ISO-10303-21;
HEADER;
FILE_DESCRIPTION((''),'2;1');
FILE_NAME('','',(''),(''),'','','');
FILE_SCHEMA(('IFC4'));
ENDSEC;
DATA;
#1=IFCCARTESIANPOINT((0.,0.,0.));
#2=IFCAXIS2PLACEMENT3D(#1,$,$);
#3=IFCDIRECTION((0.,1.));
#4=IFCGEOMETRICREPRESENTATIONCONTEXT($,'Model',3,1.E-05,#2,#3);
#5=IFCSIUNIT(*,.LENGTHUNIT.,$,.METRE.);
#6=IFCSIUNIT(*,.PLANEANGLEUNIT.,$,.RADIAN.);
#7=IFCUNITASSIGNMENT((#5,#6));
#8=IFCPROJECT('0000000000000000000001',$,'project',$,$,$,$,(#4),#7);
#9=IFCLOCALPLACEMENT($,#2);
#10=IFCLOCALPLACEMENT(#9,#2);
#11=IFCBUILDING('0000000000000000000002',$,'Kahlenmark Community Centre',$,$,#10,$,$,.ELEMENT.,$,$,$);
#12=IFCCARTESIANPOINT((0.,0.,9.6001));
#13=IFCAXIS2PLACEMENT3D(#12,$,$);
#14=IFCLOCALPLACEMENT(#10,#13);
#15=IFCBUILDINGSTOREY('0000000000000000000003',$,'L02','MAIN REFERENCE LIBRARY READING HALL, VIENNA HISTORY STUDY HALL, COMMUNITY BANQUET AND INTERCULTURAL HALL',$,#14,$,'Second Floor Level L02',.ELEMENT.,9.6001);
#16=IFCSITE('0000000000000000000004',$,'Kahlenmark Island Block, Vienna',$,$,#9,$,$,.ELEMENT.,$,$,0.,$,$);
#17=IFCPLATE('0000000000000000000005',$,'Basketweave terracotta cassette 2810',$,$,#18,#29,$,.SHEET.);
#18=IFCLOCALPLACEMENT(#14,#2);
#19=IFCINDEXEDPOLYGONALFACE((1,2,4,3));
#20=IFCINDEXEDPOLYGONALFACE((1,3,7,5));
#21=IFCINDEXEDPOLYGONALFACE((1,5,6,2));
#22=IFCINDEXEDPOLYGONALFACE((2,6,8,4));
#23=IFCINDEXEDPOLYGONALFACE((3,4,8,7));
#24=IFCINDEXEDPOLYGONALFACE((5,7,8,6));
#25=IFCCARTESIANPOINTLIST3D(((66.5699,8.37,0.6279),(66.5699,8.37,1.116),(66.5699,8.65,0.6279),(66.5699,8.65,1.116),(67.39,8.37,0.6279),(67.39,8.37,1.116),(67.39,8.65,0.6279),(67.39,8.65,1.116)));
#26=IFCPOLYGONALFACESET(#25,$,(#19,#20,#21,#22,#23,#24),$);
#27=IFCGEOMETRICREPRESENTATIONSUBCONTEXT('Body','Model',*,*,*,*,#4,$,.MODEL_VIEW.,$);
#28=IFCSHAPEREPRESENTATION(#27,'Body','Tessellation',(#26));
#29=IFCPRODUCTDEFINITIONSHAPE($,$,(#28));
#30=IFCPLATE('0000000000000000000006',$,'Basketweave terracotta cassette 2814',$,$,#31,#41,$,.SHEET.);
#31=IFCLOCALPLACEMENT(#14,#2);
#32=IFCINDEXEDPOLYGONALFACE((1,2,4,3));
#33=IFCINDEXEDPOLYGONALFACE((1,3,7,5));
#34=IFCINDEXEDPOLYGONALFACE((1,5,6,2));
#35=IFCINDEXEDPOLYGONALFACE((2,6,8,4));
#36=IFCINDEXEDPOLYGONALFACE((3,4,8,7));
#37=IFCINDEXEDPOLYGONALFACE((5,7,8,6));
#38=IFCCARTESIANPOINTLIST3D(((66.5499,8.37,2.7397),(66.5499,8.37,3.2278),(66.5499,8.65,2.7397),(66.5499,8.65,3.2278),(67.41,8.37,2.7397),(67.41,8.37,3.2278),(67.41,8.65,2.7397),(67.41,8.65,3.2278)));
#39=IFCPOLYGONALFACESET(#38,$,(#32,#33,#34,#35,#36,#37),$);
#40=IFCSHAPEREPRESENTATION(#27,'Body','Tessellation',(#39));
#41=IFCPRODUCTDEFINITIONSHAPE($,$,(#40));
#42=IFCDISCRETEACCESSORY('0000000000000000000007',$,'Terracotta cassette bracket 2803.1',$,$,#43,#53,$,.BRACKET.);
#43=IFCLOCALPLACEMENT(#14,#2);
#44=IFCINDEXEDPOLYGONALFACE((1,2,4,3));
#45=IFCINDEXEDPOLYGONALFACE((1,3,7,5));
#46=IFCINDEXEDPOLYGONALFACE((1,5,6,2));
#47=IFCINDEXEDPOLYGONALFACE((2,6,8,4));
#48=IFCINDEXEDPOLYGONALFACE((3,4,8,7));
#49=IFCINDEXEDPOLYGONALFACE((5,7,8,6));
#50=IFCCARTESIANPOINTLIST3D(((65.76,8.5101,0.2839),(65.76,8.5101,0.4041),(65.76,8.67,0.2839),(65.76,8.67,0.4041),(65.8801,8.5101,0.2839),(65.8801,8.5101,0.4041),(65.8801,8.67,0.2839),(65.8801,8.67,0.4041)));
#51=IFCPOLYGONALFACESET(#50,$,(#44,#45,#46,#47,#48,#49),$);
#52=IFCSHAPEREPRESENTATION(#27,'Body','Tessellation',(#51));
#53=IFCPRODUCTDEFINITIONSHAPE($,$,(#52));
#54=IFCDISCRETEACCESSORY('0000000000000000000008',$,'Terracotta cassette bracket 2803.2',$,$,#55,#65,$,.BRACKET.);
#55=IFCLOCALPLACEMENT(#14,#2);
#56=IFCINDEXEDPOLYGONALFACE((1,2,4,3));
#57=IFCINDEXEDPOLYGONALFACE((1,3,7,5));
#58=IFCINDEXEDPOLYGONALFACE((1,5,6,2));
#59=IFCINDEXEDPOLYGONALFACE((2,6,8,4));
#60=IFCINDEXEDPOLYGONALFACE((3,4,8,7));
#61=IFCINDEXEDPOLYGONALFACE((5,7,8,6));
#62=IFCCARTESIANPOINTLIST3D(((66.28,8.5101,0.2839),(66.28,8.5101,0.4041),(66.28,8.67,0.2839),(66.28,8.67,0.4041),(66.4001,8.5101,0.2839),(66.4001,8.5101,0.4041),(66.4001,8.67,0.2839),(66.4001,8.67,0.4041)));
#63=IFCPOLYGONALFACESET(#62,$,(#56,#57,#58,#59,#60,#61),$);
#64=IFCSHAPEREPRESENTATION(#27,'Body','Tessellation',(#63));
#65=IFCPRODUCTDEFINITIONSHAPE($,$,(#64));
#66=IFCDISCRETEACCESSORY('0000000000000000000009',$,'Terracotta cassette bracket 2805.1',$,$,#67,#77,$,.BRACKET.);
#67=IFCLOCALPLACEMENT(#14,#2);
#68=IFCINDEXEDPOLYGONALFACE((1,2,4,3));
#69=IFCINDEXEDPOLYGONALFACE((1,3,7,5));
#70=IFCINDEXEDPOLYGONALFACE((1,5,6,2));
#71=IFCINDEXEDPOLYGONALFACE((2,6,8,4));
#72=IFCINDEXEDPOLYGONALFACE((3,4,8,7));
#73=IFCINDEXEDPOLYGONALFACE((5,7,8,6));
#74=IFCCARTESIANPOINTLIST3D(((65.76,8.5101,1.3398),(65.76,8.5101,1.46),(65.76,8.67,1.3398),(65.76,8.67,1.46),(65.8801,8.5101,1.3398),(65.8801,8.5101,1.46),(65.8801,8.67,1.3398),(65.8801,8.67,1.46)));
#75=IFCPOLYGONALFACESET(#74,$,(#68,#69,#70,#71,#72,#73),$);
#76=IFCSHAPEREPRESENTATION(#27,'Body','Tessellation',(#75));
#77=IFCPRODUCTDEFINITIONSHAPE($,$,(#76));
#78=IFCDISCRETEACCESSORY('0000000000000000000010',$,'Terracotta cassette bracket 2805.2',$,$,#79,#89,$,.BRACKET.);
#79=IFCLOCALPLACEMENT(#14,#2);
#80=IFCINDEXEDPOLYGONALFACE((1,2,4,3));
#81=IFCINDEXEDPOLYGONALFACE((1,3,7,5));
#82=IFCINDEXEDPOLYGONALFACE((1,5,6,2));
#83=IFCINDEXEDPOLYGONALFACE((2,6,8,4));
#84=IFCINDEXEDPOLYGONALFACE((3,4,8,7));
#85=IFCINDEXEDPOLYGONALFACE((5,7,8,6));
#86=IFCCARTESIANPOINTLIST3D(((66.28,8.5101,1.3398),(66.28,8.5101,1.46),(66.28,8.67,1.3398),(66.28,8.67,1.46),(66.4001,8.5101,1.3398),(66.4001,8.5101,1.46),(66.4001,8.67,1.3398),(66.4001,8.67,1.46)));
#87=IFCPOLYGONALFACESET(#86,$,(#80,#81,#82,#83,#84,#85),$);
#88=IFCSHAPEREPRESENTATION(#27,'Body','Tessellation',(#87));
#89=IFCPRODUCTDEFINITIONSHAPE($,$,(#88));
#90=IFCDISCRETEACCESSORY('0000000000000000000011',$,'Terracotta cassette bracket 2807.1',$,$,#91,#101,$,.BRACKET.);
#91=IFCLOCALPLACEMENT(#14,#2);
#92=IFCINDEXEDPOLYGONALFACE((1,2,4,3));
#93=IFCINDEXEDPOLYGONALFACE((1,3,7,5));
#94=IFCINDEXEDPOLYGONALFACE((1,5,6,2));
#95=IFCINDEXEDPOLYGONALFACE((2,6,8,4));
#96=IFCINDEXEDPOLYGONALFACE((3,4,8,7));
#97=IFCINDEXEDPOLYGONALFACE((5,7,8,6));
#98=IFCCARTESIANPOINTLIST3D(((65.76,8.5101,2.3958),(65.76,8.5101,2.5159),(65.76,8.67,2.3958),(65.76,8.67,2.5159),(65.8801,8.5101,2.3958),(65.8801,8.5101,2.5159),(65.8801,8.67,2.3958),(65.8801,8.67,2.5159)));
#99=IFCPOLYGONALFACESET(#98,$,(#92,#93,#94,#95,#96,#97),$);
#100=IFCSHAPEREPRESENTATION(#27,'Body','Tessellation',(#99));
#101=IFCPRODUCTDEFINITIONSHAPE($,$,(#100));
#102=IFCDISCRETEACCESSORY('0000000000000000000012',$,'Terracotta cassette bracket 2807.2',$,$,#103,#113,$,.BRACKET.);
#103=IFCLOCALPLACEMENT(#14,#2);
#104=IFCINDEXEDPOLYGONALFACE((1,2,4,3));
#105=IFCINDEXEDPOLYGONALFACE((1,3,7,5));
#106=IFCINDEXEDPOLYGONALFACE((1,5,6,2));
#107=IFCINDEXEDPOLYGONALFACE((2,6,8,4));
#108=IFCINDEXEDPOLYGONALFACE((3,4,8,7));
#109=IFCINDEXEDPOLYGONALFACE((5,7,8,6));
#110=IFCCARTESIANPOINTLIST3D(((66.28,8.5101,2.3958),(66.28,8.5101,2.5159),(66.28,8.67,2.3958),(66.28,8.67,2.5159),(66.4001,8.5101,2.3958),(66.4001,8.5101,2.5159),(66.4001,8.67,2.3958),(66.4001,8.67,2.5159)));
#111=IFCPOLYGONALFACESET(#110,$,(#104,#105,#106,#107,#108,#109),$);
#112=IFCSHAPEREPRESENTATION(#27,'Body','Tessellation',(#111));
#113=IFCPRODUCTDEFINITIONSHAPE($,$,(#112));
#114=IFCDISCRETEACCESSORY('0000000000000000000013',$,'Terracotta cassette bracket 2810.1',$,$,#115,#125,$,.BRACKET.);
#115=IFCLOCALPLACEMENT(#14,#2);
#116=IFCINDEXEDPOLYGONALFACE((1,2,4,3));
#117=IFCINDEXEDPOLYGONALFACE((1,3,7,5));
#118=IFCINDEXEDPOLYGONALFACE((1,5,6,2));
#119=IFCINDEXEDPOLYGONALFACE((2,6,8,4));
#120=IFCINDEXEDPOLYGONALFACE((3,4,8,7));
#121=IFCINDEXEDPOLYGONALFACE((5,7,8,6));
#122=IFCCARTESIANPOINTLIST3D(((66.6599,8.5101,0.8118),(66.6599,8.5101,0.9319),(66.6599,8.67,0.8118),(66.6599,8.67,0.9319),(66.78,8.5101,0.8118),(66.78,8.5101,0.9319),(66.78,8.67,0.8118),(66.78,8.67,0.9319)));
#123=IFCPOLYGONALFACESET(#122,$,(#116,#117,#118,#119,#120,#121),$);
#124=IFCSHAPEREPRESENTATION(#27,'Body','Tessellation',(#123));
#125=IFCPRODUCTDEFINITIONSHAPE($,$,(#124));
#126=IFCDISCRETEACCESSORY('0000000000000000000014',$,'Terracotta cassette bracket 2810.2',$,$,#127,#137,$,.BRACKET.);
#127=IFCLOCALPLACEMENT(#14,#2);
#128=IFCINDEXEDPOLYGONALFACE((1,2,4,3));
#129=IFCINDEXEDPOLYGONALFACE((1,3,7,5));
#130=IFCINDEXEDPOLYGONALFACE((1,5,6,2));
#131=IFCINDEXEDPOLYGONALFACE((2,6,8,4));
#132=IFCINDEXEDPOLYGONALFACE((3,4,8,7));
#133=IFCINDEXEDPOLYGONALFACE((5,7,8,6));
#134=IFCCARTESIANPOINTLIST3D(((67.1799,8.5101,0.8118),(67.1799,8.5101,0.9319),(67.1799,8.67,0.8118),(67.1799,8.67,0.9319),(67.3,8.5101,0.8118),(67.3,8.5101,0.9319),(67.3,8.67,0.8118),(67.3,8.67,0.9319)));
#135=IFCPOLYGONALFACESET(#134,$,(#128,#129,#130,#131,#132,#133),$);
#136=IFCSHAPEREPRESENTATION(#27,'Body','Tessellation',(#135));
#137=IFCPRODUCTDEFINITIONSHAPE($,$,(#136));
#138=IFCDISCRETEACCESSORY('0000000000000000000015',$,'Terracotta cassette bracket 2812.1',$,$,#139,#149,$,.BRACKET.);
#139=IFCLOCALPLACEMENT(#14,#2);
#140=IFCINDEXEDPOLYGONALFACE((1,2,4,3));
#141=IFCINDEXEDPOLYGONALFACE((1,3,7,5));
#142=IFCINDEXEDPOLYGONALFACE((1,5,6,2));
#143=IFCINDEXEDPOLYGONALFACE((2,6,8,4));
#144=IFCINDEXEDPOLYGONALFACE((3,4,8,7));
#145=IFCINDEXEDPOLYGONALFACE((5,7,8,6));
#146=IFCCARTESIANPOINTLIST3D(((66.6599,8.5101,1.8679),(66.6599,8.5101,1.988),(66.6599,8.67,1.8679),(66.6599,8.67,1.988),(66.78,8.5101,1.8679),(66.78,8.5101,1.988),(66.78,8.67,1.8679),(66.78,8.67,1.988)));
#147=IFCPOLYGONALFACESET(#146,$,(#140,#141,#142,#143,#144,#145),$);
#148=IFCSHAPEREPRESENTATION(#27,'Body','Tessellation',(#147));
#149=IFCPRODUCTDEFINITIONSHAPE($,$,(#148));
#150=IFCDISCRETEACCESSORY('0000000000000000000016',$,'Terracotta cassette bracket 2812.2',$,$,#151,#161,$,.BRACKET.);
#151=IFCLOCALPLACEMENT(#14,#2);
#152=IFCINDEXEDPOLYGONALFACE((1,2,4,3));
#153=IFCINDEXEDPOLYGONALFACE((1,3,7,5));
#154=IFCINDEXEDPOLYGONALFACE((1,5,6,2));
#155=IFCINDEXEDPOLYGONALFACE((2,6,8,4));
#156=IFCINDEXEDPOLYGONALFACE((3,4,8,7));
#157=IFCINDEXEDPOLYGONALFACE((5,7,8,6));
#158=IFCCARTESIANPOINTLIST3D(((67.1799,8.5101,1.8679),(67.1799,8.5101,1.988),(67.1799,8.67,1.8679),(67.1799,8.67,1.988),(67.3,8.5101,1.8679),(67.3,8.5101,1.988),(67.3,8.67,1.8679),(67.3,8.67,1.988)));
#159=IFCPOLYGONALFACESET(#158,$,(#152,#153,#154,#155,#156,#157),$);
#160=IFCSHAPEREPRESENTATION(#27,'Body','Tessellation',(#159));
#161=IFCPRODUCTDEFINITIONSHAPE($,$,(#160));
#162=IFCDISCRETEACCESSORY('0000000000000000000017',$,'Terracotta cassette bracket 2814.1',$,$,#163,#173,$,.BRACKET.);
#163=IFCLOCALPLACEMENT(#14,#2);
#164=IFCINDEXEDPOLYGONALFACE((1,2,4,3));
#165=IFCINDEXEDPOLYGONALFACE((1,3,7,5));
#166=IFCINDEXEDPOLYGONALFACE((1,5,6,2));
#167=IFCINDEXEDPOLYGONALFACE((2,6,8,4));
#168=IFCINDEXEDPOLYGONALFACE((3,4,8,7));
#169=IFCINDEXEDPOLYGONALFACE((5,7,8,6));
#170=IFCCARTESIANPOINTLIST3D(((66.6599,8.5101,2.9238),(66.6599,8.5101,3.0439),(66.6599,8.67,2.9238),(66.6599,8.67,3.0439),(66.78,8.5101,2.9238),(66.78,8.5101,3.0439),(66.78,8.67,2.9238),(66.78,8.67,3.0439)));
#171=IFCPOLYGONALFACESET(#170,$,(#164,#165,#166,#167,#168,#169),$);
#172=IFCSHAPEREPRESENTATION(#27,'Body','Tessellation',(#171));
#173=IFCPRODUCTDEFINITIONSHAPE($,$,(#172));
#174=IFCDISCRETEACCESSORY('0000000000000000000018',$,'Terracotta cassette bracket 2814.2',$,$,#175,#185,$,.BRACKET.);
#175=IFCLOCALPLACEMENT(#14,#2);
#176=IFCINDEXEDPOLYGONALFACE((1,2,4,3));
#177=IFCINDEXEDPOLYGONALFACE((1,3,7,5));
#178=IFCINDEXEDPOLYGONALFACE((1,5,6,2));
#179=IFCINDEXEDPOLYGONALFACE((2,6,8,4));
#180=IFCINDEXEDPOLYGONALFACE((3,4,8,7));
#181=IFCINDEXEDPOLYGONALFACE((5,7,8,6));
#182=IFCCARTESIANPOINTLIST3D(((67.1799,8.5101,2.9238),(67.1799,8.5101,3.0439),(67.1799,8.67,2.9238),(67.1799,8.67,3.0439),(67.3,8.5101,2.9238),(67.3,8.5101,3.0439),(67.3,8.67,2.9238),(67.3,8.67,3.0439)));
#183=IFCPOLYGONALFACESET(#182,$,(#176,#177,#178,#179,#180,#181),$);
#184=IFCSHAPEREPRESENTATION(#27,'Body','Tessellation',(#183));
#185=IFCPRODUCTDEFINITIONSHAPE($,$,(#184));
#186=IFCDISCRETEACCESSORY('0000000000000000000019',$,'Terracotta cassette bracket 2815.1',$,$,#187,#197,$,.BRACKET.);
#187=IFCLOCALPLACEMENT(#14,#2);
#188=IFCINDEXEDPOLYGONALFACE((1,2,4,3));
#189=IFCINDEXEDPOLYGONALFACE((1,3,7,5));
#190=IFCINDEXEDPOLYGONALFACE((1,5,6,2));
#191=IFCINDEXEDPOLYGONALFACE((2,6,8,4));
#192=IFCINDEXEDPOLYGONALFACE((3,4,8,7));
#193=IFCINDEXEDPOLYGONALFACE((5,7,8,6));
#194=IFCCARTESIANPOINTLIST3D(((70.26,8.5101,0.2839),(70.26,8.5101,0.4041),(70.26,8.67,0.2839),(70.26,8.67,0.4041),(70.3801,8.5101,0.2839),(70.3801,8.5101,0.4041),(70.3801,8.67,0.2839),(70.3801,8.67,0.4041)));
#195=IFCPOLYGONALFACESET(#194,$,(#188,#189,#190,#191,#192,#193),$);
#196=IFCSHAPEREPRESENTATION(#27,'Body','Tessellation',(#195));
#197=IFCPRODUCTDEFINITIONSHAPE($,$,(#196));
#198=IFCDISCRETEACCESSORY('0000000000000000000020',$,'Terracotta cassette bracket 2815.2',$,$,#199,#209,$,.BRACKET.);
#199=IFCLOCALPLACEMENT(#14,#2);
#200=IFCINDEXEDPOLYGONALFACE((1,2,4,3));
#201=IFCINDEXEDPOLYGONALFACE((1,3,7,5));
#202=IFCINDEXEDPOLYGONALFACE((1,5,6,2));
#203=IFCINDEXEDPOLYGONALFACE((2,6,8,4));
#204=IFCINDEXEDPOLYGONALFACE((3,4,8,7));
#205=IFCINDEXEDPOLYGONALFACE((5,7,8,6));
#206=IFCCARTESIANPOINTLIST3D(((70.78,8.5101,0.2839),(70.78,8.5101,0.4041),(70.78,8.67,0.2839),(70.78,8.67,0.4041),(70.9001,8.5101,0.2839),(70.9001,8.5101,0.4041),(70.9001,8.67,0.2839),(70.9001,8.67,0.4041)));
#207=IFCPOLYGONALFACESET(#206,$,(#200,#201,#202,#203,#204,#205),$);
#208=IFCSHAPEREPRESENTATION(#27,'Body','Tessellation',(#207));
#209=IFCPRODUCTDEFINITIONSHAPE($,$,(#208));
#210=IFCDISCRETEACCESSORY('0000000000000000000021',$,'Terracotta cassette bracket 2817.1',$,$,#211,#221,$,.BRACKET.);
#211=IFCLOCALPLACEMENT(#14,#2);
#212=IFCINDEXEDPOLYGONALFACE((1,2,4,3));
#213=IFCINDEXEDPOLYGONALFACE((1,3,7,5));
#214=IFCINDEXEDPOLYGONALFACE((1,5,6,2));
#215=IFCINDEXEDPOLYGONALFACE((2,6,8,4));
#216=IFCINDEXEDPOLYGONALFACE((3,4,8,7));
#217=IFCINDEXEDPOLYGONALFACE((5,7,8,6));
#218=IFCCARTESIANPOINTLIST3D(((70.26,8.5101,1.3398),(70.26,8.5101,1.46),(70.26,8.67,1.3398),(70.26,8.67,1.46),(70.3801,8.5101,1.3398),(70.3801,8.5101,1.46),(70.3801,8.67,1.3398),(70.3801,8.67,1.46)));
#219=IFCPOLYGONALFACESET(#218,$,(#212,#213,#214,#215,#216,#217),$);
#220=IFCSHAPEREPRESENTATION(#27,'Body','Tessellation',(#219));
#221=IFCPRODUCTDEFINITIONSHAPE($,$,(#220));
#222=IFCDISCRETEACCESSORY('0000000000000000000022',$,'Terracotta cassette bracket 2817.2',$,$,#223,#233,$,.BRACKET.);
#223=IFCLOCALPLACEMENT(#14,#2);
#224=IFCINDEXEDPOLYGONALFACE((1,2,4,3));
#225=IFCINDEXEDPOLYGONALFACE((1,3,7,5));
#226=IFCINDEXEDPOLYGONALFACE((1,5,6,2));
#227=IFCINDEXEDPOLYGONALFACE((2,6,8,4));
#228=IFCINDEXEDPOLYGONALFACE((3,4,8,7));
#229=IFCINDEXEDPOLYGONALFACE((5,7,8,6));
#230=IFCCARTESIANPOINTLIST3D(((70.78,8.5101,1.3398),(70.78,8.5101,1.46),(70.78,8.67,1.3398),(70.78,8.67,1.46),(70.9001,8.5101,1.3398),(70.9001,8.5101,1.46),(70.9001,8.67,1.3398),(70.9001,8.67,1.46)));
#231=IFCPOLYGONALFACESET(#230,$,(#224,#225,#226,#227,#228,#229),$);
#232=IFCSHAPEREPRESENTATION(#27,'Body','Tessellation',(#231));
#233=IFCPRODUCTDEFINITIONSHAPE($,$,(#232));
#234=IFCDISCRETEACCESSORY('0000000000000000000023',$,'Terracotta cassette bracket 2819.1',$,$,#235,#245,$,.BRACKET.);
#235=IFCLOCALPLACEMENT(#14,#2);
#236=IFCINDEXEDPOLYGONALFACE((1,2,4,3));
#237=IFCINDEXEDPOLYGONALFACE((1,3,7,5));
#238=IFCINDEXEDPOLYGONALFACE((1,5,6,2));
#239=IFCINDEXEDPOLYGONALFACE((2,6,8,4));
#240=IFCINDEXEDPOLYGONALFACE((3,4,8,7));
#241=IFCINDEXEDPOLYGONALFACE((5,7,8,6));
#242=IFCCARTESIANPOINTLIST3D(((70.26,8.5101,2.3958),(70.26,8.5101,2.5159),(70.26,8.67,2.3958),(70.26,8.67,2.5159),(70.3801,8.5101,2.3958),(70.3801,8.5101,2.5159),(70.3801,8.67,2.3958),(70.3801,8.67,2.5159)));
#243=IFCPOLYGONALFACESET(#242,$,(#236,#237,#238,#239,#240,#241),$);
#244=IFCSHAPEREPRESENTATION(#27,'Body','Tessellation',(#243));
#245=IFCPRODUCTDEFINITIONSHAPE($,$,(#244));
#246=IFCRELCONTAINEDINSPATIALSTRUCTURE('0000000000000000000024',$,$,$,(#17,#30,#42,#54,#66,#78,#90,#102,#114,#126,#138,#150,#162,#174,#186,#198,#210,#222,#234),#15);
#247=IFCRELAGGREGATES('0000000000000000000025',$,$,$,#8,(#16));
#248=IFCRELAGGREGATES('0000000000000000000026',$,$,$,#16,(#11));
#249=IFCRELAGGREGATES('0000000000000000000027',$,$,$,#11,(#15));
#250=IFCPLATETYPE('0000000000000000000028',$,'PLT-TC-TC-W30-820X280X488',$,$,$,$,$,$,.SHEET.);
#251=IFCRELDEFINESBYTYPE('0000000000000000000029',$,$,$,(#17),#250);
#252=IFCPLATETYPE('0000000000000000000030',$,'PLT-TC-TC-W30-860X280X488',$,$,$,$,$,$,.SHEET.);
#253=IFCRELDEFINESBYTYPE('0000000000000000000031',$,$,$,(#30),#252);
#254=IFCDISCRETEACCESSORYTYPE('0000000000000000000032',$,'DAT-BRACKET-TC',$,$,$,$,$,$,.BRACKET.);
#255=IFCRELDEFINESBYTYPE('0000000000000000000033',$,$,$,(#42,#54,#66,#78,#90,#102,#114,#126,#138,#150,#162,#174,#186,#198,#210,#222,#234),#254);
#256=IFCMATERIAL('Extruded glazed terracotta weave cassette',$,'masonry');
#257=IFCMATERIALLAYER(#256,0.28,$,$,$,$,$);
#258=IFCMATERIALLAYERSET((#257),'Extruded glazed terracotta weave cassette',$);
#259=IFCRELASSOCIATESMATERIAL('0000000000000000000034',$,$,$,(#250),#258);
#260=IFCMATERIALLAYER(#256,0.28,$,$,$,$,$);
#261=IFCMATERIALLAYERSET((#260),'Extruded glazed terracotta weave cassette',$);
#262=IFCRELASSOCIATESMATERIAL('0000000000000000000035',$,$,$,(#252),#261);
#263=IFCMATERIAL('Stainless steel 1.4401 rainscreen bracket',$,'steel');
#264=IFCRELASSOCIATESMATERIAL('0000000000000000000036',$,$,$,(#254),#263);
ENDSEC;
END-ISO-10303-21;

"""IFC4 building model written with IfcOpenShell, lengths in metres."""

from ifc_helpers import new_model, si_unit, direction, frame, origin, origin_2d, place, context, subcontext, project, spatial, rectangle, extrude, material, layer, layer_set, type_object, element, save


model = new_model("IFC4")

# Units and contexts
model_context = context("Model", 3, precision=1e-05, world=origin(), true_north=direction((0.0, 1.0)))
body_context = subcontext(model_context, "Body", "Model", "MODEL_VIEW")
ifc_project = project(units=[si_unit("LENGTHUNIT", "METRE"), si_unit("PLANEANGLEUNIT", "RADIAN")], contexts=[model_context])

# Site, building, storey
site_placement = place(None, origin())
site = spatial("IfcSite", under=ifc_project, at=site_placement, Name="Kahlenmark Island Block, Vienna", CompositionType="ELEMENT", RefElevation=0.0)
building_placement = place(site_placement, origin())
building = spatial("IfcBuilding", under=site, at=building_placement, Name="Kahlenmark Community Centre", CompositionType="ELEMENT")
storey_placement = place(building_placement, frame((0.0, 0.0, 9.6001)))
storey = spatial("IfcBuildingStorey", under=building, at=storey_placement, Name="L02", Description="MAIN REFERENCE LIBRARY READING HALL, VIENNA HISTORY STUDY HALL, COMMUNITY BANQUET AND INTERCULTURAL HALL", LongName="Second Floor Level L02", CompositionType="ELEMENT", Elevation=9.6001)

# Plates
ifc_material_1 = material(Name="Extruded glazed terracotta weave cassette", Category="masonry")
ifc_layer_1 = layer(ifc_material_1, 0.28)
ifc_layer_set_1 = layer_set([ifc_layer_1], Name="Extruded glazed terracotta weave cassette")
plate_type_1 = type_object("IfcPlateType", Name="PLT-TC-TC-W30-820X280X488", PredefinedType="SHEET", material=ifc_layer_set_1)
plate_1_placement = place(storey_placement, frame((66.98, 8.51, 0.6279), z_axis=(0.0, 0.0, 1.0), x_axis=(1.0, 0.0, 0.0)))
element("IfcPlate", 1, at=plate_1_placement, inside=storey, type_object=plate_type_1, Name="Basketweave terracotta cassette 2810", PredefinedType="SHEET", context=body_context, shape_type="SweptSolid", body=[
    extrude(rectangle(XDim=0.8201, YDim=0.28, at=origin_2d()), origin(), (0.0, 0.0, 1.0), 0.488),
])
ifc_layer_2 = layer(ifc_material_1, 0.28)
ifc_layer_set_2 = layer_set([ifc_layer_2], Name="Extruded glazed terracotta weave cassette")
plate_type_2 = type_object("IfcPlateType", Name="PLT-TC-TC-W30-860X280X488", PredefinedType="SHEET", material=ifc_layer_set_2)
plate_2_placement = place(storey_placement, frame((66.98, 8.51, 2.7397), z_axis=(0.0, 0.0, 1.0), x_axis=(1.0, 0.0, 0.0)))
element("IfcPlate", 2, at=plate_2_placement, inside=storey, type_object=plate_type_2, Name="Basketweave terracotta cassette 2814", PredefinedType="SHEET", context=body_context, shape_type="SweptSolid", body=[
    extrude(rectangle(XDim=0.8601, YDim=0.28, at=origin_2d()), origin(), (0.0, 0.0, 1.0), 0.488),
])

# Discrete accessories
ifc_material_2 = material(Name="Stainless steel 1.4401 rainscreen bracket", Category="steel")
discrete_accessory_type = type_object("IfcDiscreteAccessoryType", Name="DAT-BRACKET-TC", PredefinedType="BRACKET", material=ifc_material_2)
for number, where, z_axis, x_axis, name in (
    (3, (65.8201, 8.5901, 0.2839), (0.0, 0.0, 1.0), (1.0, 0.0, 0.0), "Terracotta cassette bracket 2803.1"),
    (4, (66.3401, 8.5901, 0.2839), (0.0, 0.0, 1.0), (1.0, 0.0, 0.0), "Terracotta cassette bracket 2803.2"),
    (5, (65.8201, 8.5901, 1.3398), (0.0, 0.0, 1.0), (1.0, 0.0, 0.0), "Terracotta cassette bracket 2805.1"),
    (6, (66.3401, 8.5901, 1.3398), (0.0, 0.0, 1.0), (1.0, 0.0, 0.0), "Terracotta cassette bracket 2805.2"),
    (7, (65.8201, 8.5901, 2.3958), (0.0, 0.0, 1.0), (1.0, 0.0, 0.0), "Terracotta cassette bracket 2807.1"),
    (8, (66.3401, 8.5901, 2.3958), (0.0, 0.0, 1.0), (1.0, 0.0, 0.0), "Terracotta cassette bracket 2807.2"),
    (9, (66.72, 8.5901, 0.8118), (0.0, 0.0, 1.0), (1.0, 0.0, 0.0), "Terracotta cassette bracket 2810.1"),
    (10, (67.24, 8.5901, 0.8118), (0.0, 0.0, 1.0), (1.0, 0.0, 0.0), "Terracotta cassette bracket 2810.2"),
    (11, (66.72, 8.5901, 1.8679), (0.0, 0.0, 1.0), (1.0, 0.0, 0.0), "Terracotta cassette bracket 2812.1"),
    (12, (67.24, 8.5901, 1.8679), (0.0, 0.0, 1.0), (1.0, 0.0, 0.0), "Terracotta cassette bracket 2812.2"),
    (13, (66.72, 8.5901, 2.9238), (0.0, 0.0, 1.0), (1.0, 0.0, 0.0), "Terracotta cassette bracket 2814.1"),
    (14, (67.24, 8.5901, 2.9238), (0.0, 0.0, 1.0), (1.0, 0.0, 0.0), "Terracotta cassette bracket 2814.2"),
    (15, (70.3201, 8.5901, 0.2839), (0.0, 0.0, 1.0), (1.0, 0.0, 0.0), "Terracotta cassette bracket 2815.1"),
    (16, (70.8401, 8.5901, 0.2839), (0.0, 0.0, 1.0), (1.0, 0.0, 0.0), "Terracotta cassette bracket 2815.2"),
    (17, (70.3201, 8.5901, 1.3398), (0.0, 0.0, 1.0), (1.0, 0.0, 0.0), "Terracotta cassette bracket 2817.1"),
    (18, (70.8401, 8.5901, 1.3398), (0.0, 0.0, 1.0), (1.0, 0.0, 0.0), "Terracotta cassette bracket 2817.2"),
    (19, (70.3201, 8.5901, 2.3958), (0.0, 0.0, 1.0), (1.0, 0.0, 0.0), "Terracotta cassette bracket 2819.1"),
):
    element("IfcDiscreteAccessory", number, at=place(storey_placement, frame(where, z_axis=z_axis, x_axis=x_axis)), inside=storey, type_object=discrete_accessory_type, Name=name, PredefinedType="BRACKET", context=body_context, shape_type="SweptSolid", body=[
        extrude(rectangle(XDim=0.1201, YDim=0.1599, at=origin_2d()), origin(), (0.0, 0.0, 1.0), 0.1201),
    ])

save(model, "model.ifc")
